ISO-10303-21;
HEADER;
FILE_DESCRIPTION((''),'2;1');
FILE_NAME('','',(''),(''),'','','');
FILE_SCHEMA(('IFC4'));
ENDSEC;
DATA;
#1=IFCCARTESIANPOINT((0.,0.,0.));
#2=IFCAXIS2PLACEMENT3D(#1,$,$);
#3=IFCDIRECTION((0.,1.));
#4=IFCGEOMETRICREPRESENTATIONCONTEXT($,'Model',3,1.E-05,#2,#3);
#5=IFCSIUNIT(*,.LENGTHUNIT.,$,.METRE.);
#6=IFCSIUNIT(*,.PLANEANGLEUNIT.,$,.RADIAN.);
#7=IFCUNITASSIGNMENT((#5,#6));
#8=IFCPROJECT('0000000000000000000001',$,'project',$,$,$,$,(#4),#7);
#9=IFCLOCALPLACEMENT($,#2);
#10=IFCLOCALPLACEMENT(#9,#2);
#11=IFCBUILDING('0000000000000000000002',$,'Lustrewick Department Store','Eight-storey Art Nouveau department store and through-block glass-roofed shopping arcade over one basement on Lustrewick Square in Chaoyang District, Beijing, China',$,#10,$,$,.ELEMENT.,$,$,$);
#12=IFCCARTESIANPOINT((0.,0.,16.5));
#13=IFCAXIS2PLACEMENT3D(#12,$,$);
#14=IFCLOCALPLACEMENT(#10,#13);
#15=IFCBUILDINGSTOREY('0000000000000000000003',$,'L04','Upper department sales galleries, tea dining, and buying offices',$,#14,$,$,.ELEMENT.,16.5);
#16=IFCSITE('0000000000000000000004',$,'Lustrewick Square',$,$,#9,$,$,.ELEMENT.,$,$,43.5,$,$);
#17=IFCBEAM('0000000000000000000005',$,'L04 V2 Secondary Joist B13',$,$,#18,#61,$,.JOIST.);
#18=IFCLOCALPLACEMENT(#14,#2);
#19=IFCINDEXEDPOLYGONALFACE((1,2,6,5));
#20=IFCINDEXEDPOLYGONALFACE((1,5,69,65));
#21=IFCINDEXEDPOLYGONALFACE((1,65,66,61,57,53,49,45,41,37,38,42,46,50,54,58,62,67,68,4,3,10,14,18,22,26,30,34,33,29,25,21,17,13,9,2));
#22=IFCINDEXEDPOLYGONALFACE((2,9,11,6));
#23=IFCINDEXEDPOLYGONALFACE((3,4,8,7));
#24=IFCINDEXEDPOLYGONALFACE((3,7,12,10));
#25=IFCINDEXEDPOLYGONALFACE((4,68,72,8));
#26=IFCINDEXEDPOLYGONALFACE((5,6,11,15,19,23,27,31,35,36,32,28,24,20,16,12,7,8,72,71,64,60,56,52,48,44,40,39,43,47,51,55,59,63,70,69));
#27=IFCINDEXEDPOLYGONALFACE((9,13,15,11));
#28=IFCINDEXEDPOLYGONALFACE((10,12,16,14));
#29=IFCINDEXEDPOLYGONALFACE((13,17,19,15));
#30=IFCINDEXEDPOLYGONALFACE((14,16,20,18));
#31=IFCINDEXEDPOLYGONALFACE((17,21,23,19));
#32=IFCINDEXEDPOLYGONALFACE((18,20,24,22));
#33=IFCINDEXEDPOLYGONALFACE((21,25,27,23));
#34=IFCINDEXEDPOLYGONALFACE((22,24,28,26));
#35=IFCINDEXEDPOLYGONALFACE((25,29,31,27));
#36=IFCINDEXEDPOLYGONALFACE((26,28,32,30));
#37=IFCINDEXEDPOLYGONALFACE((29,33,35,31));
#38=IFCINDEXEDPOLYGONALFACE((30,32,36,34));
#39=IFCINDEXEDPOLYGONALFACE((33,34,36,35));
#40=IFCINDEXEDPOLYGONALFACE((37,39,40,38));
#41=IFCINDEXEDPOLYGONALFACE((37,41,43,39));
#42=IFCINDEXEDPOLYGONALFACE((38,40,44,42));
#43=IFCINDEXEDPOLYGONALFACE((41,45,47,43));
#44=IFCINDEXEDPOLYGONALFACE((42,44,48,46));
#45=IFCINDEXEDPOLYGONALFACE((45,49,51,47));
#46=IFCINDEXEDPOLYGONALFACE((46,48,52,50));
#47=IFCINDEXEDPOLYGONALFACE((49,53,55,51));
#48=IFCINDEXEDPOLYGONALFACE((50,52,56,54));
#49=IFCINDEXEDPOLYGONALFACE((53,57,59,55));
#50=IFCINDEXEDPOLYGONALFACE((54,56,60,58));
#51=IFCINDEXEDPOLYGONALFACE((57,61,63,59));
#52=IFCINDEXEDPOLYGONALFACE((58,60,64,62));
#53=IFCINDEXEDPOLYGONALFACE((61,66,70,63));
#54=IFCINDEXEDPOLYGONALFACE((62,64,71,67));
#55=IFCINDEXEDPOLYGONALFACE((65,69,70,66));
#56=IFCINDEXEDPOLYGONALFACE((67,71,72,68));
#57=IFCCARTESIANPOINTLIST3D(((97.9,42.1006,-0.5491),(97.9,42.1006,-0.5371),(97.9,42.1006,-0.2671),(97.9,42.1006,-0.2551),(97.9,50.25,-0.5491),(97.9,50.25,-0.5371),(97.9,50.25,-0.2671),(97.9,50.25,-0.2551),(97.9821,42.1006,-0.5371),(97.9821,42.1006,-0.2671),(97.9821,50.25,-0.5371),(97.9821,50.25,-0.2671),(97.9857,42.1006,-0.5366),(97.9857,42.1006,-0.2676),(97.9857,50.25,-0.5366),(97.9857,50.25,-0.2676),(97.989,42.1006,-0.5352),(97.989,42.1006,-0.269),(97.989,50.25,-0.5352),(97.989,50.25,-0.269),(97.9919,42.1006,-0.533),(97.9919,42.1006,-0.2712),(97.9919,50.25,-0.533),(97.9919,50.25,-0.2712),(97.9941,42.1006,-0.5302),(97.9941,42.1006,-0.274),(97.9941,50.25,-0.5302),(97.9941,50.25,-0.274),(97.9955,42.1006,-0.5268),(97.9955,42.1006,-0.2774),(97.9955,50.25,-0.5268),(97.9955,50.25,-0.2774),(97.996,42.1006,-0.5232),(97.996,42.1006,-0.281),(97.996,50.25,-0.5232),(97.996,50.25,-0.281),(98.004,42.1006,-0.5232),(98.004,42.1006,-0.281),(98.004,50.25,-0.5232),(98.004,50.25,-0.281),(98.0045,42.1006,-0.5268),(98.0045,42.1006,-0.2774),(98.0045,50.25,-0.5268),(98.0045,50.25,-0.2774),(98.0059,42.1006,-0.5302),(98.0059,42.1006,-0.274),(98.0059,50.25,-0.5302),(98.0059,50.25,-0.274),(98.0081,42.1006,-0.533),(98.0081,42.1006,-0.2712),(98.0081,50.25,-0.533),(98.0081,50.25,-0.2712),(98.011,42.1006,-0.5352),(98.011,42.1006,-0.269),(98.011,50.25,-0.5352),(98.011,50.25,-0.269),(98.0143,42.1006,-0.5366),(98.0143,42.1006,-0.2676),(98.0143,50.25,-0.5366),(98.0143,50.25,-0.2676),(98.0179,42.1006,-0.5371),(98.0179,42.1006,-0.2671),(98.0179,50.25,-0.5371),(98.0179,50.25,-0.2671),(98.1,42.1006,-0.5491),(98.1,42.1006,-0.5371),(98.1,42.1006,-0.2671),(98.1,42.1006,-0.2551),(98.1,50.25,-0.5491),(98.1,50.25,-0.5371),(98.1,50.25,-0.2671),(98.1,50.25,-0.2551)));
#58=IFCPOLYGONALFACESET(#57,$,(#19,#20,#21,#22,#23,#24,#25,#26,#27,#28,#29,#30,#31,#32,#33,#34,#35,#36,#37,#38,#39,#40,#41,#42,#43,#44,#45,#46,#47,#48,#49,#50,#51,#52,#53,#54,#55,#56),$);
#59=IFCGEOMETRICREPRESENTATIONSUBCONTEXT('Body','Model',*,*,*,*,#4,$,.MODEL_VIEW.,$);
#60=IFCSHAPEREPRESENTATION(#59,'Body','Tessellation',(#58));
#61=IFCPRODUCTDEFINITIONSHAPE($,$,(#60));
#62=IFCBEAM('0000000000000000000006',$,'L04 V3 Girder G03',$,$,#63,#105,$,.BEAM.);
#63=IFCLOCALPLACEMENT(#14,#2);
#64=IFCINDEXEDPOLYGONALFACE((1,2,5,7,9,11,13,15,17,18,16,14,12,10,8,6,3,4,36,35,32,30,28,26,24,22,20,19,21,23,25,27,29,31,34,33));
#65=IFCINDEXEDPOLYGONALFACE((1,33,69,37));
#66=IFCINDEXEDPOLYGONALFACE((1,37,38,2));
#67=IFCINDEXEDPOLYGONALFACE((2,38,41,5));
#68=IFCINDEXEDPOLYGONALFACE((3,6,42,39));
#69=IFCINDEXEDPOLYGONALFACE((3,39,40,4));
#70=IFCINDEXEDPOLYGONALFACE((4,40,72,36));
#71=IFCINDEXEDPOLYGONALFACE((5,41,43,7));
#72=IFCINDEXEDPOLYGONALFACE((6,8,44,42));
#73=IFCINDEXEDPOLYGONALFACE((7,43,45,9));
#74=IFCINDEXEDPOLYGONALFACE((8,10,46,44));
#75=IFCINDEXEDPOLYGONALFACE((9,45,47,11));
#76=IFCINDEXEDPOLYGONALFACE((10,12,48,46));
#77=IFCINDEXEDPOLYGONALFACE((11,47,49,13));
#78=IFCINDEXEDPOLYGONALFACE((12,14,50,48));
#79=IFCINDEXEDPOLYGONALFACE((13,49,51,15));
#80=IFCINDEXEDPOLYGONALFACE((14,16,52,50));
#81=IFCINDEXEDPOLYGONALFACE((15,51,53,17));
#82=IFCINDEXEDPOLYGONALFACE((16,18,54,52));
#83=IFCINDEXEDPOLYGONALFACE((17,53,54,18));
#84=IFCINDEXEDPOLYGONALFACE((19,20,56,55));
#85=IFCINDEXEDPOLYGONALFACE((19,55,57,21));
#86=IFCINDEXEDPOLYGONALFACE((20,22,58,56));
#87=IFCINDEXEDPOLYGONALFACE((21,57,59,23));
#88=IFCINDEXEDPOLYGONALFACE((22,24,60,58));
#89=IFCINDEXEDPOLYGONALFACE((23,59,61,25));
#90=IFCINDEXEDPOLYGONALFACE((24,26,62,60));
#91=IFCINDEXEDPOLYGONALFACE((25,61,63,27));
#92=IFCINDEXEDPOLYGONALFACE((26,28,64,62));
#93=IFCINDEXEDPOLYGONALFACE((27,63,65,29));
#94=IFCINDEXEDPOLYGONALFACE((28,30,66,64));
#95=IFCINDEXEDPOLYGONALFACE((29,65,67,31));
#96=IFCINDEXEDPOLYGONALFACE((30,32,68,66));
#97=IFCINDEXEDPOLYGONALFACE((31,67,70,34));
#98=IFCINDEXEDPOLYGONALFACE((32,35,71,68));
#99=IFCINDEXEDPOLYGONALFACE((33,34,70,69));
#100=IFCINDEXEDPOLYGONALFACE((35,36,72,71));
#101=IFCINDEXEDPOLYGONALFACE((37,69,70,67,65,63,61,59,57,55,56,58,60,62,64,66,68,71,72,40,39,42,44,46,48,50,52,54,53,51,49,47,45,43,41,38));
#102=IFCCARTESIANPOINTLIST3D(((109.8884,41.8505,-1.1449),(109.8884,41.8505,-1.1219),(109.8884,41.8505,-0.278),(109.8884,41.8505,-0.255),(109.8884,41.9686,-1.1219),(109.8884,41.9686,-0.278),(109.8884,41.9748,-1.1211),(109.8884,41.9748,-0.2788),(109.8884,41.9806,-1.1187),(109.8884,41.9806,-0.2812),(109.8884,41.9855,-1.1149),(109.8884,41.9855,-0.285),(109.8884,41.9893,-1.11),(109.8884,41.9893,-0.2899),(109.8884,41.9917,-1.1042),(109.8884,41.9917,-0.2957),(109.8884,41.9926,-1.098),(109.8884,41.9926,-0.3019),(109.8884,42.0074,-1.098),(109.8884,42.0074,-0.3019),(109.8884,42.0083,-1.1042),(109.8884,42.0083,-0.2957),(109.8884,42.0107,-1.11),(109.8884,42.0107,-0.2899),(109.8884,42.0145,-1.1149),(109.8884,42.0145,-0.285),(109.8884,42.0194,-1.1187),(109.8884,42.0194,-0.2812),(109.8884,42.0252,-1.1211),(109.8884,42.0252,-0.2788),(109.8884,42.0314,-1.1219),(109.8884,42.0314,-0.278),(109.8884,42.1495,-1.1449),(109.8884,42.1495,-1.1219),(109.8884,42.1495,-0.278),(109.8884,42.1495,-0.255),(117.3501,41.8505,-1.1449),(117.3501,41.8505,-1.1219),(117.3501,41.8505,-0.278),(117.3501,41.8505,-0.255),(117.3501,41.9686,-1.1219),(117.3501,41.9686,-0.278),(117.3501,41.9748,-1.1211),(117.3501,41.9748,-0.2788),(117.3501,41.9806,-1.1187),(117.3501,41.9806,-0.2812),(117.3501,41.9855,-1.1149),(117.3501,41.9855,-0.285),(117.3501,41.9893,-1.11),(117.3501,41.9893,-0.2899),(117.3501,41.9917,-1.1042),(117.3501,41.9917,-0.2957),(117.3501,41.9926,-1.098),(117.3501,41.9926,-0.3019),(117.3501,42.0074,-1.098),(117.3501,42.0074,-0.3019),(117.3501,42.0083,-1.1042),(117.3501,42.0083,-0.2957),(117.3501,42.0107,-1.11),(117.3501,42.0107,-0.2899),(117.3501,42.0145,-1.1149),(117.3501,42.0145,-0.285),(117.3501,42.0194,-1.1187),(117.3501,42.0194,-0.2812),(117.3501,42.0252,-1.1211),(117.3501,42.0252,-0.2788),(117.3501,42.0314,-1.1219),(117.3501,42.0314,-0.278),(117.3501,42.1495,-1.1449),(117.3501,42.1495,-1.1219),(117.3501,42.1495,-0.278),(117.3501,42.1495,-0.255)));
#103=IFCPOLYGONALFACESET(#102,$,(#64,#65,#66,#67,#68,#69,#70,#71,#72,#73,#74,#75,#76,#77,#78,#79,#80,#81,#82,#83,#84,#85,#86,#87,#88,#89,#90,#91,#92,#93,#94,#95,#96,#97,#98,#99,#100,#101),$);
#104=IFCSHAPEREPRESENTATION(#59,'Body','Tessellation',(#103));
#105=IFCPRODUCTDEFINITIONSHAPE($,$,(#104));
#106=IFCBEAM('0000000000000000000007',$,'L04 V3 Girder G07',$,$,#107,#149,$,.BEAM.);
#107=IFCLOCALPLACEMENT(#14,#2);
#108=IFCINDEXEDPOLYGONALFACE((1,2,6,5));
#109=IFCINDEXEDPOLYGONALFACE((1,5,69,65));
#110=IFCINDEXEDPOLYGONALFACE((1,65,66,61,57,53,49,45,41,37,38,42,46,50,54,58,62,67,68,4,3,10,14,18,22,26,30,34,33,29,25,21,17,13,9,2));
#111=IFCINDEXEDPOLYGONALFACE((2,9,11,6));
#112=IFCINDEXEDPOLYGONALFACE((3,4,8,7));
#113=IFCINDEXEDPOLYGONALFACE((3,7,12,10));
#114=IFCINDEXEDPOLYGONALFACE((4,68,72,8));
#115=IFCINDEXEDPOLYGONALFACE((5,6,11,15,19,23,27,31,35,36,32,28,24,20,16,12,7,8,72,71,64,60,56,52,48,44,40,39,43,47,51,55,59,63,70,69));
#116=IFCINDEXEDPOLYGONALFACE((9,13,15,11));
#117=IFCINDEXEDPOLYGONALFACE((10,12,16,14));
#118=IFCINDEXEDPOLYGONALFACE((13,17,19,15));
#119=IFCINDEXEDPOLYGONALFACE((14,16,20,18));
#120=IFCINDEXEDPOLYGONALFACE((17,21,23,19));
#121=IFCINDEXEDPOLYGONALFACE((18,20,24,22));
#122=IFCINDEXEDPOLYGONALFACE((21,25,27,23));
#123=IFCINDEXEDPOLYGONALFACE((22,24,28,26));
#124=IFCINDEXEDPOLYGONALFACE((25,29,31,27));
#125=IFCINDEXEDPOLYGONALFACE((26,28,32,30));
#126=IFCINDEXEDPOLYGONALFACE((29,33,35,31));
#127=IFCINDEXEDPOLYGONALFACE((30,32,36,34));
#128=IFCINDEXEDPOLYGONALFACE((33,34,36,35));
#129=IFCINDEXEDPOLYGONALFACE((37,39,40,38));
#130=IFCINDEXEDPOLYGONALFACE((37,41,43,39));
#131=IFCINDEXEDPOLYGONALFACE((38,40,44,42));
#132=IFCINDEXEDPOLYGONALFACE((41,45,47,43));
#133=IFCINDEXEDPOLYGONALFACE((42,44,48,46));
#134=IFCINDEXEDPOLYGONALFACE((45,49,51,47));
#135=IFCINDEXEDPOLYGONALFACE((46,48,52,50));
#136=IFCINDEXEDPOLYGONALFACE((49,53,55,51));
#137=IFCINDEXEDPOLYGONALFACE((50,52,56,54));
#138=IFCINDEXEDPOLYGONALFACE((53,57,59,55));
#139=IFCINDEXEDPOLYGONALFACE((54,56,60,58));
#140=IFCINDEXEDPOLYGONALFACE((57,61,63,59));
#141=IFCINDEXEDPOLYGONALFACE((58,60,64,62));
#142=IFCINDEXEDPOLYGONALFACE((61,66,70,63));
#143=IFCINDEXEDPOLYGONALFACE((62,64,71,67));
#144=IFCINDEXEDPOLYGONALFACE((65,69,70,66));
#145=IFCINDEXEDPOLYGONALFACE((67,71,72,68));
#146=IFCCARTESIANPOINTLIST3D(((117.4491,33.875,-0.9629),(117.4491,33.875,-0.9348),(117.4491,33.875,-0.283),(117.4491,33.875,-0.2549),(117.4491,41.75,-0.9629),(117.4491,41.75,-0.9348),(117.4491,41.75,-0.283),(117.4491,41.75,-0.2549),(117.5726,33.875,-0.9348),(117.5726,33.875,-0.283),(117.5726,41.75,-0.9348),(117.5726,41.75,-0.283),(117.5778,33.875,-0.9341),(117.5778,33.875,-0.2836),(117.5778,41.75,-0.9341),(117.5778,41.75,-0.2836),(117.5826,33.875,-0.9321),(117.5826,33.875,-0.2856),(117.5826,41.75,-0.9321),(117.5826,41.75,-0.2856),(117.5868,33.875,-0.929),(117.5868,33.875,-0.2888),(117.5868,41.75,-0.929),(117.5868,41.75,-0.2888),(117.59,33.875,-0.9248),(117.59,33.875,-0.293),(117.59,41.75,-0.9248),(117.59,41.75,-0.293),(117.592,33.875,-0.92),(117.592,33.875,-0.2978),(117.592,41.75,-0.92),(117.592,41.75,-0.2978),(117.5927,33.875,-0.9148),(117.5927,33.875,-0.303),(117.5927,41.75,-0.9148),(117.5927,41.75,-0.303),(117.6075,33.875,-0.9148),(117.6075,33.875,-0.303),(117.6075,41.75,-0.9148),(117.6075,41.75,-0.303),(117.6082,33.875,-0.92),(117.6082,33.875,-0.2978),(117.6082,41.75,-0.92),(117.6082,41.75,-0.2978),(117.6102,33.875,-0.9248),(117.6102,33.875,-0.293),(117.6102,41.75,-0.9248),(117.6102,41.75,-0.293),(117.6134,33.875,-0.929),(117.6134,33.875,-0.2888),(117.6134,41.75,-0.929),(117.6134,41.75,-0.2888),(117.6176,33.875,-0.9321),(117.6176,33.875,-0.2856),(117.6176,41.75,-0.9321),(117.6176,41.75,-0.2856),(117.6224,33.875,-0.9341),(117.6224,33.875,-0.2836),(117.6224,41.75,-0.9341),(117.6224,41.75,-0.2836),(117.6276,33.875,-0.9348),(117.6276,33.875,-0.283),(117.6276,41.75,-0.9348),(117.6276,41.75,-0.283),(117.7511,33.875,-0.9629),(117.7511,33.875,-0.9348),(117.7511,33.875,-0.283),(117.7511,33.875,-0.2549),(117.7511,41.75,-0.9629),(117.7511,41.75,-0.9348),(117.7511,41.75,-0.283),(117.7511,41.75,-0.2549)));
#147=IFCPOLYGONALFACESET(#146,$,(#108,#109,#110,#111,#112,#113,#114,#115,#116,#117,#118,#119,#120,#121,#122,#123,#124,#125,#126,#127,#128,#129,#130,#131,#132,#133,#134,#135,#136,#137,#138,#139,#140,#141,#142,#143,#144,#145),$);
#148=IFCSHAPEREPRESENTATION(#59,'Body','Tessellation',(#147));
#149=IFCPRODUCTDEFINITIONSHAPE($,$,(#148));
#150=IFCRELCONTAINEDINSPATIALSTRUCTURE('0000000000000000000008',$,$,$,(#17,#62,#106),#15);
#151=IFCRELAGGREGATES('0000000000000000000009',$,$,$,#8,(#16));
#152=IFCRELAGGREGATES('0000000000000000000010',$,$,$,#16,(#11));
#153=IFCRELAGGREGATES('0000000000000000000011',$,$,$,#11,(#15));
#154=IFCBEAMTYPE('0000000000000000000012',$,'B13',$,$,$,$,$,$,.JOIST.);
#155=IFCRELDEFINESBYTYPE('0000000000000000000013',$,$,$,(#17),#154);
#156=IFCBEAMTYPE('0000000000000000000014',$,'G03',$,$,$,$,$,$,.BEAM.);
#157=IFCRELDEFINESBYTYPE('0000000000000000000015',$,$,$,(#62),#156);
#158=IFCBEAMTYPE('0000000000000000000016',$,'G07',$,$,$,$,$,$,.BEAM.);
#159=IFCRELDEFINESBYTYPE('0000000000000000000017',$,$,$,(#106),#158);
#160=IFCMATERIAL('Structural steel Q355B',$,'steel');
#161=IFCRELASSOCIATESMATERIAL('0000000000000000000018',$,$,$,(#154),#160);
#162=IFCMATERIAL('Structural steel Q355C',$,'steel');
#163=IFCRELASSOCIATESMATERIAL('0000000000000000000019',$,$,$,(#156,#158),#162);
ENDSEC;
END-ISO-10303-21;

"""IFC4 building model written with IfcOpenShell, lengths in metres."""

from ifc_helpers import new_model, si_unit, direction, frame, origin, origin_2d, place, context, subcontext, project, spatial, i_section, extrude, material, material_profile, profile_set, type_object, element, save


model = new_model("IFC4")

# Units and contexts
model_context = context("Model", 3, precision=1e-05, world=origin(), true_north=direction((0.0, 1.0)))
body_context = subcontext(model_context, "Body", "Model", "MODEL_VIEW")
ifc_project = project(units=[si_unit("LENGTHUNIT", "METRE"), si_unit("PLANEANGLEUNIT", "RADIAN")], contexts=[model_context])

# Site, building, storey
site_placement = place(None, origin())
site = spatial("IfcSite", under=ifc_project, at=site_placement, Name="Lustrewick Square", CompositionType="ELEMENT", RefElevation=43.5)
building_placement = place(site_placement, origin())
building = spatial("IfcBuilding", under=site, at=building_placement, Name="Lustrewick Department Store", Description="Eight-storey Art Nouveau department store and through-block glass-roofed shopping arcade over one basement on Lustrewick Square in Chaoyang District, Beijing, China", CompositionType="ELEMENT")
storey_placement = place(building_placement, frame((0.0, 0.0, 16.5)))
storey = spatial("IfcBuildingStorey", under=building, at=storey_placement, Name="L04", Description="Upper department sales galleries, tea dining, and buying offices", CompositionType="ELEMENT", Elevation=16.5)

# Shared definitions
ifc_material_1 = material(Name="Structural steel Q355C", Category="steel")

# Beams
ifc_material_2 = material(Name="Structural steel Q355B", Category="steel")
ifc_material_profile_1 = material_profile(ifc_material_2, i_section(OverallWidth=0.2, OverallDepth=0.2939, WebThickness=0.0081, FlangeThickness=0.012, FilletRadius=0.0139, at=origin_2d()), Name="HM 294x200x8x12")
ifc_profile_set_1 = profile_set([ifc_material_profile_1], Name="Structural steel Q355B")
beam_type_1 = type_object("IfcBeamType", Name="B13", PredefinedType="JOIST", material=ifc_profile_set_1)
beam_1_placement = place(storey_placement, frame((98.0, 42.1006, -0.4021), z_axis=(0.0, 1.0, 0.0), x_axis=(-1.0, 0.0, 0.0)))
element("IfcBeam", 1, at=beam_1_placement, inside=storey, type_object=beam_type_1, Name="L04 V2 Secondary Joist B13", PredefinedType="JOIST", context=body_context, shape_type="SweptSolid", body=[
    extrude(i_section(OverallWidth=0.2, OverallDepth=0.2939, WebThickness=0.0081, FlangeThickness=0.012, FilletRadius=0.0139, at=origin_2d()), origin(), (0.0, 0.0, 1.0), 8.1494),
])
ifc_material_profile_2 = material_profile(ifc_material_1, i_section(OverallWidth=0.2991, OverallDepth=0.8899, WebThickness=0.0149, FlangeThickness=0.0229, FilletRadius=0.0239, at=origin_2d()), Name="HN 890x299x15x23")
ifc_profile_set_2 = profile_set([ifc_material_profile_2], Name="Structural steel Q355C")
beam_type_2 = type_object("IfcBeamType", Name="G03", PredefinedType="BEAM", material=ifc_profile_set_2)
beam_2_placement = place(storey_placement, frame((109.8884, 42.0, -0.7), z_axis=(1.0, 0.0, 0.0), x_axis=(0.0, 1.0, 0.0)))
element("IfcBeam", 2, at=beam_2_placement, inside=storey, type_object=beam_type_2, Name="L04 V3 Girder G03", PredefinedType="BEAM", context=body_context, shape_type="SweptSolid", body=[
    extrude(i_section(OverallWidth=0.2991, OverallDepth=0.8899, WebThickness=0.0149, FlangeThickness=0.0229, FilletRadius=0.0239, at=origin_2d()), origin(), (0.0, 0.0, 1.0), 7.4617),
])
ifc_material_profile_3 = material_profile(ifc_material_1, i_section(OverallWidth=0.302, OverallDepth=0.708, WebThickness=0.0149, FlangeThickness=0.0281, FilletRadius=0.02, at=origin_2d()), Name="HN 708x302x15x28")
ifc_profile_set_3 = profile_set([ifc_material_profile_3], Name="Structural steel Q355C")
beam_type_3 = type_object("IfcBeamType", Name="G07", PredefinedType="BEAM", material=ifc_profile_set_3)
beam_3_placement = place(storey_placement, frame((117.6001, 33.875, -0.6089), z_axis=(0.0, 1.0, 0.0), x_axis=(-1.0, 0.0, 0.0)))
element("IfcBeam", 3, at=beam_3_placement, inside=storey, type_object=beam_type_3, Name="L04 V3 Girder G07", PredefinedType="BEAM", context=body_context, shape_type="SweptSolid", body=[
    extrude(i_section(OverallWidth=0.302, OverallDepth=0.708, WebThickness=0.0149, FlangeThickness=0.0281, FilletRadius=0.02, at=origin_2d()), origin(), (0.0, 0.0, 1.0), 7.875),
])

save(model, "model.ifc")
